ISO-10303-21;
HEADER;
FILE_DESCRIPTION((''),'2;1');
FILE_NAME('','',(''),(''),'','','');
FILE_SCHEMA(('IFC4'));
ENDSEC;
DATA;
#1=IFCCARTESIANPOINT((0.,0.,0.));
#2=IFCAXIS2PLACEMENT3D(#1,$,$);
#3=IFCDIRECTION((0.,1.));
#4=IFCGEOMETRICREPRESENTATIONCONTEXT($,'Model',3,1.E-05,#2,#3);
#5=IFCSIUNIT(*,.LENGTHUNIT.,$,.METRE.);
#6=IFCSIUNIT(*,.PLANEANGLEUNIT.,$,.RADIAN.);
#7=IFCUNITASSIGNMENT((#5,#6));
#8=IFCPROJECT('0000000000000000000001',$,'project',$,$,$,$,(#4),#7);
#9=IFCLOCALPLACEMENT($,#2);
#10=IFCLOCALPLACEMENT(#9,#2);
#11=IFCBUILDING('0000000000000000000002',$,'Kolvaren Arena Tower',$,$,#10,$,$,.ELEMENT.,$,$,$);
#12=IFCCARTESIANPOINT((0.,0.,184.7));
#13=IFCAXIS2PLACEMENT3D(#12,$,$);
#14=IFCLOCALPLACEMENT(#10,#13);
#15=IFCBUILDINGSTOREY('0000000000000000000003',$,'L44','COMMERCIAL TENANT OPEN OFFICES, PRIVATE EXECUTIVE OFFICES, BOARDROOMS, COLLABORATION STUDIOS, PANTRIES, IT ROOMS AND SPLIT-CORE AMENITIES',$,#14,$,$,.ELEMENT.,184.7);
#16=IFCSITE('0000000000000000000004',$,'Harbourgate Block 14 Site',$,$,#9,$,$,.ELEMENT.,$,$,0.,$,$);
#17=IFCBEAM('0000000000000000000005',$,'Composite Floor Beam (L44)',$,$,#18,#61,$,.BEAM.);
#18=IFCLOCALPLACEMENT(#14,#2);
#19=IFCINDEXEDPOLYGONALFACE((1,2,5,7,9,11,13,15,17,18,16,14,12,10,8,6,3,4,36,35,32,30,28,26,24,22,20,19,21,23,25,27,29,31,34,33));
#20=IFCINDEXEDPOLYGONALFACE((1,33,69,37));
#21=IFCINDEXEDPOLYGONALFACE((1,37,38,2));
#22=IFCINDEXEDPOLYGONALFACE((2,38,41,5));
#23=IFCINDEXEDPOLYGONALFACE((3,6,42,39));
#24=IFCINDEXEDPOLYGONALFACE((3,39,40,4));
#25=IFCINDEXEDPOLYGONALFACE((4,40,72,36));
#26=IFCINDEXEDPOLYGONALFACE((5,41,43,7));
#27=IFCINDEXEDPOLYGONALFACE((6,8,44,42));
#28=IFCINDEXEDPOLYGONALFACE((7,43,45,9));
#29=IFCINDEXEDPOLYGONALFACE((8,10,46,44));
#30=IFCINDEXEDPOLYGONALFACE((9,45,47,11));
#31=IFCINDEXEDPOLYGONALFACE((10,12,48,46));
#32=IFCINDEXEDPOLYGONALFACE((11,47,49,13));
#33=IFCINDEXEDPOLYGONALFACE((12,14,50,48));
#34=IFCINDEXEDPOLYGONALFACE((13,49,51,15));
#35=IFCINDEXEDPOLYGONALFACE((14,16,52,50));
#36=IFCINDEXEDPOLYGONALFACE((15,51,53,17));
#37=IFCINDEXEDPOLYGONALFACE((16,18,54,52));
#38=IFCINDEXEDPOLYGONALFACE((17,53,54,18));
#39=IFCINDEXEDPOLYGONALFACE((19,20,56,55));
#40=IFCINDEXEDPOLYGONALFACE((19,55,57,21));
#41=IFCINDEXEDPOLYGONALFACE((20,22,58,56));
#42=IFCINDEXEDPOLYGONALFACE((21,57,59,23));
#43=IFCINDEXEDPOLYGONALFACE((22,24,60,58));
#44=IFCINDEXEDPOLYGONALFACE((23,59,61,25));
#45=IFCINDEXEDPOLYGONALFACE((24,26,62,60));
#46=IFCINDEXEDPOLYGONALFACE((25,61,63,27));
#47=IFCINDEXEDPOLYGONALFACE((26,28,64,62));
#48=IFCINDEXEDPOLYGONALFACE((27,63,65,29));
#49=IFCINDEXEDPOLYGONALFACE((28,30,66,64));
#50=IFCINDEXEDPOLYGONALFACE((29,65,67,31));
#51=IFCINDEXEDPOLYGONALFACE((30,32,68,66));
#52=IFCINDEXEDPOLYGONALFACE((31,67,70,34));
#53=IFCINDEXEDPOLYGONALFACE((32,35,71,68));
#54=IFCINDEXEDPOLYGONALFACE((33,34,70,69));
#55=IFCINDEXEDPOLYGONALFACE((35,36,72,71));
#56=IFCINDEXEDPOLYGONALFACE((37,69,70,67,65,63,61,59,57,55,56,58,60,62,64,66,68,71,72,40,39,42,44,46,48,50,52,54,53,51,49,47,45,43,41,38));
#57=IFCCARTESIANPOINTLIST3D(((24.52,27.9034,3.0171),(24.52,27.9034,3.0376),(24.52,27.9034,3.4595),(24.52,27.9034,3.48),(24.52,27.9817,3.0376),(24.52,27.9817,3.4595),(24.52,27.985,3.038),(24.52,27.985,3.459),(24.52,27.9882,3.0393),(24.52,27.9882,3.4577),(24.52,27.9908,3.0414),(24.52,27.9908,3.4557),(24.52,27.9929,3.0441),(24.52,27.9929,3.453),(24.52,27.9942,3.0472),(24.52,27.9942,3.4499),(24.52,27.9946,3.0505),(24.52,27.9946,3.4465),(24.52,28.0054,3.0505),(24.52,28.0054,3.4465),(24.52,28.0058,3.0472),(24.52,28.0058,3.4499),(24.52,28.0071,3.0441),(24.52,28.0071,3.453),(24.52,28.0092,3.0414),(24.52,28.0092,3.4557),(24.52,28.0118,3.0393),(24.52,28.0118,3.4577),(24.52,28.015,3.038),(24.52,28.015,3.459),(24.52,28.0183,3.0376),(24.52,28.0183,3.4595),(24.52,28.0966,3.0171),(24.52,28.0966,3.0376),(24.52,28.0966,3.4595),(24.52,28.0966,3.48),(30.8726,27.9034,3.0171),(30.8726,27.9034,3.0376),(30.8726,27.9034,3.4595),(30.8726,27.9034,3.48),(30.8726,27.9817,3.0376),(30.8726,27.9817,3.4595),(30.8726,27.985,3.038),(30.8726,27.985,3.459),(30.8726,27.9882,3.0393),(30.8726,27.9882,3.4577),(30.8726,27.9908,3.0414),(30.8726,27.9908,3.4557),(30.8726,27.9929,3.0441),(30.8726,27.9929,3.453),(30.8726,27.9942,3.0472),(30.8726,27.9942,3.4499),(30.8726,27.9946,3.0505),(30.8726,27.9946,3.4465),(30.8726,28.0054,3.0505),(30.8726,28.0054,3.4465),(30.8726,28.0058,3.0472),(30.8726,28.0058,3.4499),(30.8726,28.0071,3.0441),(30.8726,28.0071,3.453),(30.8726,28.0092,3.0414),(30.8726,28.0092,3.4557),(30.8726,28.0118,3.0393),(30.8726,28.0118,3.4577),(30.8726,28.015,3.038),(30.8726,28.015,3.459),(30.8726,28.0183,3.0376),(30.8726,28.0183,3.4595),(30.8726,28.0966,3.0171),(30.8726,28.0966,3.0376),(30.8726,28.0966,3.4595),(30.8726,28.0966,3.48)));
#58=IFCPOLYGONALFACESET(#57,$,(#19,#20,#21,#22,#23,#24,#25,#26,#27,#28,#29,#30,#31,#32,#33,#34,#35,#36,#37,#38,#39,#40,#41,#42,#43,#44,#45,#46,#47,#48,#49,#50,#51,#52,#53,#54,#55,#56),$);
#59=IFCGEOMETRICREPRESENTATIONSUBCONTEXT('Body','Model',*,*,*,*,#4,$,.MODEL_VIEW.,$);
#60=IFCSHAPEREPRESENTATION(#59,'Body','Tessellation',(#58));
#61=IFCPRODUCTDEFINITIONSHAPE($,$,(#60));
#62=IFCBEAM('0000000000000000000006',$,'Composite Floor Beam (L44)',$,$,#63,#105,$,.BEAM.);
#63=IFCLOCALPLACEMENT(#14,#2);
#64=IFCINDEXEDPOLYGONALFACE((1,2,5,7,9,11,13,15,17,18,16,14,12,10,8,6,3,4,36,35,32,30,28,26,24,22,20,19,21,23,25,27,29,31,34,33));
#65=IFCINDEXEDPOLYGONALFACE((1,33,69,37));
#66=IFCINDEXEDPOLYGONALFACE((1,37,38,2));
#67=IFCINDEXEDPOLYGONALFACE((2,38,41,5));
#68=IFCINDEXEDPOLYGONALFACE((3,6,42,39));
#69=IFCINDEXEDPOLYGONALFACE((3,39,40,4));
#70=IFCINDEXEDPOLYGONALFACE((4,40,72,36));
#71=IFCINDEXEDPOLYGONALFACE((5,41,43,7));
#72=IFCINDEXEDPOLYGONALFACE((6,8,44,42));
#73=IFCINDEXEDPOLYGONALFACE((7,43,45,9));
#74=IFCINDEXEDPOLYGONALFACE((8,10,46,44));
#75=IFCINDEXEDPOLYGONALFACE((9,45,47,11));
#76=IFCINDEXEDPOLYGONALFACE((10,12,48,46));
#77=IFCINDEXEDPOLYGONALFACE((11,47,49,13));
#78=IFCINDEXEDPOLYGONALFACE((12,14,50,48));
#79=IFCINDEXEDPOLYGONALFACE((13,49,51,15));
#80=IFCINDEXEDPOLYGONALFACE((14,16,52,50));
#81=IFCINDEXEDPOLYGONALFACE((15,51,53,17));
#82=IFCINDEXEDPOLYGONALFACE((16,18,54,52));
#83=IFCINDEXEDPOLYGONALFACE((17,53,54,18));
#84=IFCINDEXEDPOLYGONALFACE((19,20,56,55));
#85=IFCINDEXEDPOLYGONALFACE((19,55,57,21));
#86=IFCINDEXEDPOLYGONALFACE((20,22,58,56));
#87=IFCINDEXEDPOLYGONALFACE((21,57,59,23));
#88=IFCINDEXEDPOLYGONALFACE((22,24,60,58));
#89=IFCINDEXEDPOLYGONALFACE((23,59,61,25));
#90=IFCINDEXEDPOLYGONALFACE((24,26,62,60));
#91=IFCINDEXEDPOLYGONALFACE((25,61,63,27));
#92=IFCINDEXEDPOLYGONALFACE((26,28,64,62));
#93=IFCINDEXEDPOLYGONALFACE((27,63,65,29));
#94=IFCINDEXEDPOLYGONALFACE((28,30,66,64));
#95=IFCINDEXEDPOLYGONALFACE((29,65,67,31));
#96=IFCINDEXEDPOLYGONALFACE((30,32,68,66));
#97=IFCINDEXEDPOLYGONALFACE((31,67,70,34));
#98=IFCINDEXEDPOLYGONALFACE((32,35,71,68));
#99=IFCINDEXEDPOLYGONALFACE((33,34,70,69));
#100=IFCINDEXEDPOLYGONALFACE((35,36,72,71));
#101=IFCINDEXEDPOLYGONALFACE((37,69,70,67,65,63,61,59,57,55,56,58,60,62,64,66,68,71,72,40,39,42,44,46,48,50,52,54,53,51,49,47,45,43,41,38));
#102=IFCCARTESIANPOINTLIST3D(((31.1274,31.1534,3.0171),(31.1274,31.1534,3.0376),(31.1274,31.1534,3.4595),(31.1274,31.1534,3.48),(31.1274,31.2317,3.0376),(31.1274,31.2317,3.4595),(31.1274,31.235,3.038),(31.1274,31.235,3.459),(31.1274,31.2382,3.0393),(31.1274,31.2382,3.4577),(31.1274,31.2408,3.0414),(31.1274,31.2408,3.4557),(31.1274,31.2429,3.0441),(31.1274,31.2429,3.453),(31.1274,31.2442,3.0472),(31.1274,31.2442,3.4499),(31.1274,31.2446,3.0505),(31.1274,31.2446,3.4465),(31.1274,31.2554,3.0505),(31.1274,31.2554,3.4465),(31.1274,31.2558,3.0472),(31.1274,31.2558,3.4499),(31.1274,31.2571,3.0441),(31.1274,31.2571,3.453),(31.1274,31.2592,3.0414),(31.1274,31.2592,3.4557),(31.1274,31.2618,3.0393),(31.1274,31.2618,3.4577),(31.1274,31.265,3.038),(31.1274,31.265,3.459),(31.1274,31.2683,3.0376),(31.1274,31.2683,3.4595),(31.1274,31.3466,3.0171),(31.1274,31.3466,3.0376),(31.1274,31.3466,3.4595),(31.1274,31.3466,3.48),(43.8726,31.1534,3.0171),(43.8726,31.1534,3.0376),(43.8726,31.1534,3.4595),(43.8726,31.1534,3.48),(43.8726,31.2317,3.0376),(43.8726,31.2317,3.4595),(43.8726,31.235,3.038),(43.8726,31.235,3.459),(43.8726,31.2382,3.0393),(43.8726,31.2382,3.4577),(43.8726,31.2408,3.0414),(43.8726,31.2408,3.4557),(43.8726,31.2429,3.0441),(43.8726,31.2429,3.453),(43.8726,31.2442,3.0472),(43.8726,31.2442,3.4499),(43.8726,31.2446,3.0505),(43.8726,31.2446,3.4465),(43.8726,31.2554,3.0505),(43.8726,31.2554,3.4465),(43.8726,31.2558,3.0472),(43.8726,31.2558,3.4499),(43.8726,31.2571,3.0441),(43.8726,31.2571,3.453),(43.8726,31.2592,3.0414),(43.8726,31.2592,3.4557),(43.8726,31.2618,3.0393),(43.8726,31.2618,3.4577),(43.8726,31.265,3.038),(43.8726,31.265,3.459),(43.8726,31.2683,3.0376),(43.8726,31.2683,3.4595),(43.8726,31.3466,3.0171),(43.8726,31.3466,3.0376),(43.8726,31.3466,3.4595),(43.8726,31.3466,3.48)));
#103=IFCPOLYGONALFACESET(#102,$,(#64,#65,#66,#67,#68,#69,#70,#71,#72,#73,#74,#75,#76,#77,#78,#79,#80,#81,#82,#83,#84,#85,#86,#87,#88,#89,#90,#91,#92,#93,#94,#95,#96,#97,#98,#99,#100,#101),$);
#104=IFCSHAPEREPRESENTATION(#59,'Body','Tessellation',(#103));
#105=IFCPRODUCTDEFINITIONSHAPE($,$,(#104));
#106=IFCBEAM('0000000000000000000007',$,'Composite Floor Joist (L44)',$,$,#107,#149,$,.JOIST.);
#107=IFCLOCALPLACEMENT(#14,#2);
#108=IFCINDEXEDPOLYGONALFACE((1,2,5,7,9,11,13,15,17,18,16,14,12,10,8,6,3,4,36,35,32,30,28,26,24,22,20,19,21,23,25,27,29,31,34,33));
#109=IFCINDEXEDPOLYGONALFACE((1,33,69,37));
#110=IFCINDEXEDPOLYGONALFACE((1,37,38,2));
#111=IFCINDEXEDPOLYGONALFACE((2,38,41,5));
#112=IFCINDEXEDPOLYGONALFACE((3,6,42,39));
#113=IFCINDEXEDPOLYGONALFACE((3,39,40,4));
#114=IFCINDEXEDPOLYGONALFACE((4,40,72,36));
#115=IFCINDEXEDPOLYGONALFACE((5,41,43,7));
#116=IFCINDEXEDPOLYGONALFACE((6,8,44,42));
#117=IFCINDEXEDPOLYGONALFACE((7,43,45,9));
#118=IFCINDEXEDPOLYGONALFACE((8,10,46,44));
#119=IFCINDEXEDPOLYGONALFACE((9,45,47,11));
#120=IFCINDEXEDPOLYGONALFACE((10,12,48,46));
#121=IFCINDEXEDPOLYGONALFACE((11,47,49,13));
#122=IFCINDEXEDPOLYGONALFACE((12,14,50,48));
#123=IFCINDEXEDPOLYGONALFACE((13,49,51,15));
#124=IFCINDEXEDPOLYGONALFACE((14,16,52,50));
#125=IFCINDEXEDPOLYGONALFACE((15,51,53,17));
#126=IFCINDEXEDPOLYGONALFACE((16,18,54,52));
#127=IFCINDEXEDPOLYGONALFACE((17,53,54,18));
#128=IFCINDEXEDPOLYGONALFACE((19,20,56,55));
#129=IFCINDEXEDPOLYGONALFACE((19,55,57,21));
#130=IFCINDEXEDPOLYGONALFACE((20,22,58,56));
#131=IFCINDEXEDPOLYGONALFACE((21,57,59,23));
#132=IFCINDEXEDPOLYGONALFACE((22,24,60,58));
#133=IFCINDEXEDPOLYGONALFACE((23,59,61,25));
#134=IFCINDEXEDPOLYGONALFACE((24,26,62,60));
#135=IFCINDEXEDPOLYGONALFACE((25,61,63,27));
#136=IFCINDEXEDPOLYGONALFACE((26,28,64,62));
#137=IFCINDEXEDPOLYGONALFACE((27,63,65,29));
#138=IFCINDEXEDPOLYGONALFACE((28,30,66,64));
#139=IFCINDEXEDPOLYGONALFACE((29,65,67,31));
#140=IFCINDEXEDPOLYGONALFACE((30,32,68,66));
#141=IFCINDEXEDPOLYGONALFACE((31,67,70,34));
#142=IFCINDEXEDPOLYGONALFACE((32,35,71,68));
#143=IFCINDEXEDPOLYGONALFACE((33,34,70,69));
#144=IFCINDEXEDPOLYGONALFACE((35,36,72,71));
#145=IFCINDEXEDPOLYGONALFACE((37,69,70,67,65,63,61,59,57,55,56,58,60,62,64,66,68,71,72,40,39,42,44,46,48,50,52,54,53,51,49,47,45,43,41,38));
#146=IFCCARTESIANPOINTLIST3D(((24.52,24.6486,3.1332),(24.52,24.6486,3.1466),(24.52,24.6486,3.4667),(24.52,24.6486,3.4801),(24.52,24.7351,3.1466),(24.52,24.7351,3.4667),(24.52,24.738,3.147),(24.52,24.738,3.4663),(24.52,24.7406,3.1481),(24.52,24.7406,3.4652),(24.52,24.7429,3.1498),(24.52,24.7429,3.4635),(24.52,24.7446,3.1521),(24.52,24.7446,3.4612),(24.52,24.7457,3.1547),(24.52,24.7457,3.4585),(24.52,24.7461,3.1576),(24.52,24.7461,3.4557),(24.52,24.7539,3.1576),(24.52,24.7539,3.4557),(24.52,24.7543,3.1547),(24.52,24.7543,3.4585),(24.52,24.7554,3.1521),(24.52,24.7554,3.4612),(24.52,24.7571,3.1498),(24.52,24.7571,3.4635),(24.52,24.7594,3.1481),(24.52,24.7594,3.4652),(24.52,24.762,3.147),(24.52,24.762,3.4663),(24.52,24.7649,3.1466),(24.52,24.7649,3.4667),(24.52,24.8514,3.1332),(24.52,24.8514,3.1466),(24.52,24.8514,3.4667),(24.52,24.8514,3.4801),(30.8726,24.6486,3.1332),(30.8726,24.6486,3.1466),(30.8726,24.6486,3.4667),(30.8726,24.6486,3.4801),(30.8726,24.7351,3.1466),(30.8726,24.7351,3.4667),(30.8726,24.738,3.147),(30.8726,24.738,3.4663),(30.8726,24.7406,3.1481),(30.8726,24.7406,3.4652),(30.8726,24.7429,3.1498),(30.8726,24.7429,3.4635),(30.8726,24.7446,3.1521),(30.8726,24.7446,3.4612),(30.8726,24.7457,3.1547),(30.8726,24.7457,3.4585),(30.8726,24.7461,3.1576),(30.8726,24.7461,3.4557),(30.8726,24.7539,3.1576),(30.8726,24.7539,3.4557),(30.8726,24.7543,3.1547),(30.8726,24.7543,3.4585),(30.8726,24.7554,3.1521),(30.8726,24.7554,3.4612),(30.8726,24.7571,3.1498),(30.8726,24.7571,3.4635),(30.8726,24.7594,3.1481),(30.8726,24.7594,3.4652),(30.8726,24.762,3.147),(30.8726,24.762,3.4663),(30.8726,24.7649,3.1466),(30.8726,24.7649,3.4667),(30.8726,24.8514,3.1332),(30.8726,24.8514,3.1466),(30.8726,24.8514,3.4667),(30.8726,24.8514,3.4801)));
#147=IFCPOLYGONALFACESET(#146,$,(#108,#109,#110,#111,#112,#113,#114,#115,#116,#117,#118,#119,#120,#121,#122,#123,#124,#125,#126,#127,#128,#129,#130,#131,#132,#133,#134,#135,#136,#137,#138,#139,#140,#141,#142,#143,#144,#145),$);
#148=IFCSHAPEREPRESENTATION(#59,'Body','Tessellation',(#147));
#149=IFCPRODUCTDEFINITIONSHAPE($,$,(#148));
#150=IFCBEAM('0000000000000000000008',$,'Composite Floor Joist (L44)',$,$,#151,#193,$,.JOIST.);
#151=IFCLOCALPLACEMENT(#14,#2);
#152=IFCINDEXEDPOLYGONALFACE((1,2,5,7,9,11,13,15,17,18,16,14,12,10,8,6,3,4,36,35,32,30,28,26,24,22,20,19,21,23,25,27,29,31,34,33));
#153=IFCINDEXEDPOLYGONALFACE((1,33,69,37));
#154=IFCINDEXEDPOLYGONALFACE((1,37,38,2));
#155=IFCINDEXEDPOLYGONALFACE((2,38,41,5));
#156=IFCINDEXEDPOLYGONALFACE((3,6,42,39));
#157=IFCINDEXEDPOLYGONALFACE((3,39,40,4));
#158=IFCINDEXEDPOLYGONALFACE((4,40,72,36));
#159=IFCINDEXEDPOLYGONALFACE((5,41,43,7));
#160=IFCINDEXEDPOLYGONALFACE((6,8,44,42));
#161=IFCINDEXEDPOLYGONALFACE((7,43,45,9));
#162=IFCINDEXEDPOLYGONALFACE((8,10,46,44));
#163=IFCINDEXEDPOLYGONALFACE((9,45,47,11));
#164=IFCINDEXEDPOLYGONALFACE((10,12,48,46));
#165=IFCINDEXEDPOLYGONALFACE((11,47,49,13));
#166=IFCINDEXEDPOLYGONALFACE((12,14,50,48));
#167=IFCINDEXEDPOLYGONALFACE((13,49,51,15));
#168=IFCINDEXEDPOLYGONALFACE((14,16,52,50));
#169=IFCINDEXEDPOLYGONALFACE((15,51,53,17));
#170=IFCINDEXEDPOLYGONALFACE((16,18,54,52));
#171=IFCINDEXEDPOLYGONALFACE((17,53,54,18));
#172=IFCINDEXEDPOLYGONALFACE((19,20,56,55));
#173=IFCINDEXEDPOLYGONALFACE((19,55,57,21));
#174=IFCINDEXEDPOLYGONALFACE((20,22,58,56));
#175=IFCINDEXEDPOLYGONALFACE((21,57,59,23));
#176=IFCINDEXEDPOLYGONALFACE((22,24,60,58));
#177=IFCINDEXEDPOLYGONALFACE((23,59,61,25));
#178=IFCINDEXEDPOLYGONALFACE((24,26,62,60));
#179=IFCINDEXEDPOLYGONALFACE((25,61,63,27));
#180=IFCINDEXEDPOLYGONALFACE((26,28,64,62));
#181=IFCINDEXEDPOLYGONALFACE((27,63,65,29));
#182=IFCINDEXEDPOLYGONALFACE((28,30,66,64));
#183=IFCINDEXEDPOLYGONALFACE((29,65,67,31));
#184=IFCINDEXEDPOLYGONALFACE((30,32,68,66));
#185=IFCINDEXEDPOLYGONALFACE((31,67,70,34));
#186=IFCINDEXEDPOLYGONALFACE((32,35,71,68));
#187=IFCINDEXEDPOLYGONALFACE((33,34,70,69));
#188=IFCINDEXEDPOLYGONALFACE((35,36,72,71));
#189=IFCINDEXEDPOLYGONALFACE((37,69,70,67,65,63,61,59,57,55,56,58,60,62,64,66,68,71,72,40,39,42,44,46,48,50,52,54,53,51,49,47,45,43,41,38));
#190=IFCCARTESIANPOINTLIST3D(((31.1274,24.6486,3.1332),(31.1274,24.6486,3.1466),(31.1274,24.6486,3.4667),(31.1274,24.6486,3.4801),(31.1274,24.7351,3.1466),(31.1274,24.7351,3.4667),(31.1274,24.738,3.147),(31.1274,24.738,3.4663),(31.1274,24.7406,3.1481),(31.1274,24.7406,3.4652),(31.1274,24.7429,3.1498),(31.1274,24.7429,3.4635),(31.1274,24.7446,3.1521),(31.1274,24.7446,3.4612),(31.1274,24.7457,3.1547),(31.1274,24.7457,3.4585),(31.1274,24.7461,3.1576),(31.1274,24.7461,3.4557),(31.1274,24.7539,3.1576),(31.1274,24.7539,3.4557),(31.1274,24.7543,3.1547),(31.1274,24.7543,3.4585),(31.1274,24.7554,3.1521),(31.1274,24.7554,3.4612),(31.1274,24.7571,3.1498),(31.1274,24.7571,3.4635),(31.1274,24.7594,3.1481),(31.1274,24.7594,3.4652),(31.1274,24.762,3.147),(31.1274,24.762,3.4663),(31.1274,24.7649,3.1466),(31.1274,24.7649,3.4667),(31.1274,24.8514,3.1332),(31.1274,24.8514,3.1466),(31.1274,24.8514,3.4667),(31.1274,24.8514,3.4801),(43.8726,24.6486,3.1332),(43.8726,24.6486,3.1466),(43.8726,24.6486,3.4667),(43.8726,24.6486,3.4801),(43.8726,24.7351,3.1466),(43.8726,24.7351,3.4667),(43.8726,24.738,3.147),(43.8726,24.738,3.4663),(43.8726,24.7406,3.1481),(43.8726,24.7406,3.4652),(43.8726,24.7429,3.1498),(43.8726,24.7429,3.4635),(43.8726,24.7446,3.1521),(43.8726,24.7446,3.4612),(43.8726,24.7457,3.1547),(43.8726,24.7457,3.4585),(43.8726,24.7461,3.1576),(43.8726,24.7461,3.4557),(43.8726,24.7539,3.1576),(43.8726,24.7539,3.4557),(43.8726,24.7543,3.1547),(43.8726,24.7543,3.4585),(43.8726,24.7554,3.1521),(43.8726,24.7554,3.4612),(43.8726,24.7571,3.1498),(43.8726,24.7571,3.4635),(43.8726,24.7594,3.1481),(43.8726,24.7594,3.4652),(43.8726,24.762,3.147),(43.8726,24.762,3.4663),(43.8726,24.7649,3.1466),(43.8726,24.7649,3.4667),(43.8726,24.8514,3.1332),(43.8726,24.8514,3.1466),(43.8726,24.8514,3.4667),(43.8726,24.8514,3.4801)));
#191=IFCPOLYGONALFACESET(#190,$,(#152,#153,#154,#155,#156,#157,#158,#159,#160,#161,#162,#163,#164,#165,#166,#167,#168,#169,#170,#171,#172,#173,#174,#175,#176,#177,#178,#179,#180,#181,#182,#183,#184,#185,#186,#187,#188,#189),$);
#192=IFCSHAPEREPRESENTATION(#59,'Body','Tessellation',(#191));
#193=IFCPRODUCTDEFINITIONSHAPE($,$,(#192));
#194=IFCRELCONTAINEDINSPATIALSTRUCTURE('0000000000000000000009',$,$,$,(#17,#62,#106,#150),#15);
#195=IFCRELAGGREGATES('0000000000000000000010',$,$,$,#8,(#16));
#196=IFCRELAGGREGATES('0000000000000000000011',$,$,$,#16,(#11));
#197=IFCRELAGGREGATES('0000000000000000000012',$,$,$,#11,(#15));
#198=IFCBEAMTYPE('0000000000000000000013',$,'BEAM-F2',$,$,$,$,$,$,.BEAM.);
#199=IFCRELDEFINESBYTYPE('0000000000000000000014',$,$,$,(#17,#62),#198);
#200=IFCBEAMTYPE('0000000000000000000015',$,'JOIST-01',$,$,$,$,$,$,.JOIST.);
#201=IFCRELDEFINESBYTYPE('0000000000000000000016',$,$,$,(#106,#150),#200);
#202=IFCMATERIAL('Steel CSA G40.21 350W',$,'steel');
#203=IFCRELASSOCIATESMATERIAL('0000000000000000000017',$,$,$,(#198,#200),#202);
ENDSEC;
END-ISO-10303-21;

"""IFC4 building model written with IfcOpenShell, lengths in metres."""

from ifc_helpers import new_model, si_unit, direction, frame, origin, origin_2d, place, context, subcontext, project, spatial, i_section, extrude, material, material_profile, profile_set, type_object, element, save


model = new_model("IFC4")

# Units and contexts
model_context = context("Model", 3, precision=1e-05, world=origin(), true_north=direction((0.0, 1.0)))
body_context = subcontext(model_context, "Body", "Model", "MODEL_VIEW")
ifc_project = project(units=[si_unit("LENGTHUNIT", "METRE"), si_unit("PLANEANGLEUNIT", "RADIAN")], contexts=[model_context])

# Site, building, storey
site_placement = place(None, origin())
site = spatial("IfcSite", under=ifc_project, at=site_placement, Name="Harbourgate Block 14 Site", CompositionType="ELEMENT", RefElevation=0.0)
building_placement = place(site_placement, origin())
building = spatial("IfcBuilding", under=site, at=building_placement, Name="Kolvaren Arena Tower", CompositionType="ELEMENT")
storey_placement = place(building_placement, frame((0.0, 0.0, 184.7)))
storey = spatial("IfcBuildingStorey", under=building, at=storey_placement, Name="L44", Description="COMMERCIAL TENANT OPEN OFFICES, PRIVATE EXECUTIVE OFFICES, BOARDROOMS, COLLABORATION STUDIOS, PANTRIES, IT ROOMS AND SPLIT-CORE AMENITIES", CompositionType="ELEMENT", Elevation=184.7)

# Beams
ifc_material_1 = material(Name="Steel CSA G40.21 350W", Category="steel")
ifc_material_profile_1 = material_profile(ifc_material_1, i_section(OverallWidth=0.1931, OverallDepth=0.4629, WebThickness=0.0107, FlangeThickness=0.0205, FilletRadius=0.0129, at=origin_2d()), Name="W460x113")
ifc_profile_set_1 = profile_set([ifc_material_profile_1], Name="Steel CSA G40.21 350W")
beam_type_1 = type_object("IfcBeamType", Name="BEAM-F2", PredefinedType="BEAM", material=ifc_profile_set_1)
beam_1_placement = place(storey_placement, frame((24.52, 28.0, 3.2485), z_axis=(1.0, 0.0, 0.0), x_axis=(0.0, 1.0, 0.0)))
element("IfcBeam", 1, at=beam_1_placement, inside=storey, type_object=beam_type_1, Name="Composite Floor Beam (L44)", PredefinedType="BEAM", context=body_context, shape_type="SweptSolid", body=[
    extrude(i_section(OverallWidth=0.1931, OverallDepth=0.4629, WebThickness=0.0107, FlangeThickness=0.0205, FilletRadius=0.0129, at=origin_2d()), origin(), (0.0, 0.0, 1.0), 6.3525),
])
beam_2_placement = place(storey_placement, frame((31.1274, 31.25, 3.2485), z_axis=(1.0, 0.0, 0.0), x_axis=(0.0, 1.0, 0.0)))
element("IfcBeam", 2, at=beam_2_placement, inside=storey, type_object=beam_type_1, Name="Composite Floor Beam (L44)", PredefinedType="BEAM", context=body_context, shape_type="SweptSolid", body=[
    extrude(i_section(OverallWidth=0.1931, OverallDepth=0.4629, WebThickness=0.0107, FlangeThickness=0.0205, FilletRadius=0.0129, at=origin_2d()), origin(), (0.0, 0.0, 1.0), 12.7451),
])
ifc_material_profile_2 = material_profile(ifc_material_1, i_section(OverallWidth=0.2029, OverallDepth=0.3469, WebThickness=0.0078, FlangeThickness=0.0134, FilletRadius=0.011, at=origin_2d()), Name="W360x64")
ifc_profile_set_2 = profile_set([ifc_material_profile_2], Name="Steel CSA G40.21 350W")
beam_type_2 = type_object("IfcBeamType", Name="JOIST-01", PredefinedType="JOIST", material=ifc_profile_set_2)
beam_3_placement = place(storey_placement, frame((24.52, 24.75, 3.3066), z_axis=(1.0, 0.0, 0.0), x_axis=(0.0, 1.0, 0.0)))
element("IfcBeam", 3, at=beam_3_placement, inside=storey, type_object=beam_type_2, Name="Composite Floor Joist (L44)", PredefinedType="JOIST", context=body_context, shape_type="SweptSolid", body=[
    extrude(i_section(OverallWidth=0.2029, OverallDepth=0.3469, WebThickness=0.0078, FlangeThickness=0.0134, FilletRadius=0.011, at=origin_2d()), origin(), (0.0, 0.0, 1.0), 6.3525),
])
for number, where, z_axis, x_axis, name in (
    (4, (31.1274, 24.75, 3.3066), (1.0, 0.0, 0.0), (0.0, 1.0, 0.0), "Composite Floor Joist (L44)"),
):
    element("IfcBeam", number, at=place(storey_placement, frame(where, z_axis=z_axis, x_axis=x_axis)), inside=storey, type_object=beam_type_2, Name=name, PredefinedType="JOIST", context=body_context, shape_type="SweptSolid", body=[
        extrude(i_section(OverallWidth=0.2029, OverallDepth=0.3469, WebThickness=0.0078, FlangeThickness=0.0134, FilletRadius=0.011, at=origin_2d()), origin(), (0.0, 0.0, 1.0), 12.7451),
    ])

save(model, "model.ifc")
